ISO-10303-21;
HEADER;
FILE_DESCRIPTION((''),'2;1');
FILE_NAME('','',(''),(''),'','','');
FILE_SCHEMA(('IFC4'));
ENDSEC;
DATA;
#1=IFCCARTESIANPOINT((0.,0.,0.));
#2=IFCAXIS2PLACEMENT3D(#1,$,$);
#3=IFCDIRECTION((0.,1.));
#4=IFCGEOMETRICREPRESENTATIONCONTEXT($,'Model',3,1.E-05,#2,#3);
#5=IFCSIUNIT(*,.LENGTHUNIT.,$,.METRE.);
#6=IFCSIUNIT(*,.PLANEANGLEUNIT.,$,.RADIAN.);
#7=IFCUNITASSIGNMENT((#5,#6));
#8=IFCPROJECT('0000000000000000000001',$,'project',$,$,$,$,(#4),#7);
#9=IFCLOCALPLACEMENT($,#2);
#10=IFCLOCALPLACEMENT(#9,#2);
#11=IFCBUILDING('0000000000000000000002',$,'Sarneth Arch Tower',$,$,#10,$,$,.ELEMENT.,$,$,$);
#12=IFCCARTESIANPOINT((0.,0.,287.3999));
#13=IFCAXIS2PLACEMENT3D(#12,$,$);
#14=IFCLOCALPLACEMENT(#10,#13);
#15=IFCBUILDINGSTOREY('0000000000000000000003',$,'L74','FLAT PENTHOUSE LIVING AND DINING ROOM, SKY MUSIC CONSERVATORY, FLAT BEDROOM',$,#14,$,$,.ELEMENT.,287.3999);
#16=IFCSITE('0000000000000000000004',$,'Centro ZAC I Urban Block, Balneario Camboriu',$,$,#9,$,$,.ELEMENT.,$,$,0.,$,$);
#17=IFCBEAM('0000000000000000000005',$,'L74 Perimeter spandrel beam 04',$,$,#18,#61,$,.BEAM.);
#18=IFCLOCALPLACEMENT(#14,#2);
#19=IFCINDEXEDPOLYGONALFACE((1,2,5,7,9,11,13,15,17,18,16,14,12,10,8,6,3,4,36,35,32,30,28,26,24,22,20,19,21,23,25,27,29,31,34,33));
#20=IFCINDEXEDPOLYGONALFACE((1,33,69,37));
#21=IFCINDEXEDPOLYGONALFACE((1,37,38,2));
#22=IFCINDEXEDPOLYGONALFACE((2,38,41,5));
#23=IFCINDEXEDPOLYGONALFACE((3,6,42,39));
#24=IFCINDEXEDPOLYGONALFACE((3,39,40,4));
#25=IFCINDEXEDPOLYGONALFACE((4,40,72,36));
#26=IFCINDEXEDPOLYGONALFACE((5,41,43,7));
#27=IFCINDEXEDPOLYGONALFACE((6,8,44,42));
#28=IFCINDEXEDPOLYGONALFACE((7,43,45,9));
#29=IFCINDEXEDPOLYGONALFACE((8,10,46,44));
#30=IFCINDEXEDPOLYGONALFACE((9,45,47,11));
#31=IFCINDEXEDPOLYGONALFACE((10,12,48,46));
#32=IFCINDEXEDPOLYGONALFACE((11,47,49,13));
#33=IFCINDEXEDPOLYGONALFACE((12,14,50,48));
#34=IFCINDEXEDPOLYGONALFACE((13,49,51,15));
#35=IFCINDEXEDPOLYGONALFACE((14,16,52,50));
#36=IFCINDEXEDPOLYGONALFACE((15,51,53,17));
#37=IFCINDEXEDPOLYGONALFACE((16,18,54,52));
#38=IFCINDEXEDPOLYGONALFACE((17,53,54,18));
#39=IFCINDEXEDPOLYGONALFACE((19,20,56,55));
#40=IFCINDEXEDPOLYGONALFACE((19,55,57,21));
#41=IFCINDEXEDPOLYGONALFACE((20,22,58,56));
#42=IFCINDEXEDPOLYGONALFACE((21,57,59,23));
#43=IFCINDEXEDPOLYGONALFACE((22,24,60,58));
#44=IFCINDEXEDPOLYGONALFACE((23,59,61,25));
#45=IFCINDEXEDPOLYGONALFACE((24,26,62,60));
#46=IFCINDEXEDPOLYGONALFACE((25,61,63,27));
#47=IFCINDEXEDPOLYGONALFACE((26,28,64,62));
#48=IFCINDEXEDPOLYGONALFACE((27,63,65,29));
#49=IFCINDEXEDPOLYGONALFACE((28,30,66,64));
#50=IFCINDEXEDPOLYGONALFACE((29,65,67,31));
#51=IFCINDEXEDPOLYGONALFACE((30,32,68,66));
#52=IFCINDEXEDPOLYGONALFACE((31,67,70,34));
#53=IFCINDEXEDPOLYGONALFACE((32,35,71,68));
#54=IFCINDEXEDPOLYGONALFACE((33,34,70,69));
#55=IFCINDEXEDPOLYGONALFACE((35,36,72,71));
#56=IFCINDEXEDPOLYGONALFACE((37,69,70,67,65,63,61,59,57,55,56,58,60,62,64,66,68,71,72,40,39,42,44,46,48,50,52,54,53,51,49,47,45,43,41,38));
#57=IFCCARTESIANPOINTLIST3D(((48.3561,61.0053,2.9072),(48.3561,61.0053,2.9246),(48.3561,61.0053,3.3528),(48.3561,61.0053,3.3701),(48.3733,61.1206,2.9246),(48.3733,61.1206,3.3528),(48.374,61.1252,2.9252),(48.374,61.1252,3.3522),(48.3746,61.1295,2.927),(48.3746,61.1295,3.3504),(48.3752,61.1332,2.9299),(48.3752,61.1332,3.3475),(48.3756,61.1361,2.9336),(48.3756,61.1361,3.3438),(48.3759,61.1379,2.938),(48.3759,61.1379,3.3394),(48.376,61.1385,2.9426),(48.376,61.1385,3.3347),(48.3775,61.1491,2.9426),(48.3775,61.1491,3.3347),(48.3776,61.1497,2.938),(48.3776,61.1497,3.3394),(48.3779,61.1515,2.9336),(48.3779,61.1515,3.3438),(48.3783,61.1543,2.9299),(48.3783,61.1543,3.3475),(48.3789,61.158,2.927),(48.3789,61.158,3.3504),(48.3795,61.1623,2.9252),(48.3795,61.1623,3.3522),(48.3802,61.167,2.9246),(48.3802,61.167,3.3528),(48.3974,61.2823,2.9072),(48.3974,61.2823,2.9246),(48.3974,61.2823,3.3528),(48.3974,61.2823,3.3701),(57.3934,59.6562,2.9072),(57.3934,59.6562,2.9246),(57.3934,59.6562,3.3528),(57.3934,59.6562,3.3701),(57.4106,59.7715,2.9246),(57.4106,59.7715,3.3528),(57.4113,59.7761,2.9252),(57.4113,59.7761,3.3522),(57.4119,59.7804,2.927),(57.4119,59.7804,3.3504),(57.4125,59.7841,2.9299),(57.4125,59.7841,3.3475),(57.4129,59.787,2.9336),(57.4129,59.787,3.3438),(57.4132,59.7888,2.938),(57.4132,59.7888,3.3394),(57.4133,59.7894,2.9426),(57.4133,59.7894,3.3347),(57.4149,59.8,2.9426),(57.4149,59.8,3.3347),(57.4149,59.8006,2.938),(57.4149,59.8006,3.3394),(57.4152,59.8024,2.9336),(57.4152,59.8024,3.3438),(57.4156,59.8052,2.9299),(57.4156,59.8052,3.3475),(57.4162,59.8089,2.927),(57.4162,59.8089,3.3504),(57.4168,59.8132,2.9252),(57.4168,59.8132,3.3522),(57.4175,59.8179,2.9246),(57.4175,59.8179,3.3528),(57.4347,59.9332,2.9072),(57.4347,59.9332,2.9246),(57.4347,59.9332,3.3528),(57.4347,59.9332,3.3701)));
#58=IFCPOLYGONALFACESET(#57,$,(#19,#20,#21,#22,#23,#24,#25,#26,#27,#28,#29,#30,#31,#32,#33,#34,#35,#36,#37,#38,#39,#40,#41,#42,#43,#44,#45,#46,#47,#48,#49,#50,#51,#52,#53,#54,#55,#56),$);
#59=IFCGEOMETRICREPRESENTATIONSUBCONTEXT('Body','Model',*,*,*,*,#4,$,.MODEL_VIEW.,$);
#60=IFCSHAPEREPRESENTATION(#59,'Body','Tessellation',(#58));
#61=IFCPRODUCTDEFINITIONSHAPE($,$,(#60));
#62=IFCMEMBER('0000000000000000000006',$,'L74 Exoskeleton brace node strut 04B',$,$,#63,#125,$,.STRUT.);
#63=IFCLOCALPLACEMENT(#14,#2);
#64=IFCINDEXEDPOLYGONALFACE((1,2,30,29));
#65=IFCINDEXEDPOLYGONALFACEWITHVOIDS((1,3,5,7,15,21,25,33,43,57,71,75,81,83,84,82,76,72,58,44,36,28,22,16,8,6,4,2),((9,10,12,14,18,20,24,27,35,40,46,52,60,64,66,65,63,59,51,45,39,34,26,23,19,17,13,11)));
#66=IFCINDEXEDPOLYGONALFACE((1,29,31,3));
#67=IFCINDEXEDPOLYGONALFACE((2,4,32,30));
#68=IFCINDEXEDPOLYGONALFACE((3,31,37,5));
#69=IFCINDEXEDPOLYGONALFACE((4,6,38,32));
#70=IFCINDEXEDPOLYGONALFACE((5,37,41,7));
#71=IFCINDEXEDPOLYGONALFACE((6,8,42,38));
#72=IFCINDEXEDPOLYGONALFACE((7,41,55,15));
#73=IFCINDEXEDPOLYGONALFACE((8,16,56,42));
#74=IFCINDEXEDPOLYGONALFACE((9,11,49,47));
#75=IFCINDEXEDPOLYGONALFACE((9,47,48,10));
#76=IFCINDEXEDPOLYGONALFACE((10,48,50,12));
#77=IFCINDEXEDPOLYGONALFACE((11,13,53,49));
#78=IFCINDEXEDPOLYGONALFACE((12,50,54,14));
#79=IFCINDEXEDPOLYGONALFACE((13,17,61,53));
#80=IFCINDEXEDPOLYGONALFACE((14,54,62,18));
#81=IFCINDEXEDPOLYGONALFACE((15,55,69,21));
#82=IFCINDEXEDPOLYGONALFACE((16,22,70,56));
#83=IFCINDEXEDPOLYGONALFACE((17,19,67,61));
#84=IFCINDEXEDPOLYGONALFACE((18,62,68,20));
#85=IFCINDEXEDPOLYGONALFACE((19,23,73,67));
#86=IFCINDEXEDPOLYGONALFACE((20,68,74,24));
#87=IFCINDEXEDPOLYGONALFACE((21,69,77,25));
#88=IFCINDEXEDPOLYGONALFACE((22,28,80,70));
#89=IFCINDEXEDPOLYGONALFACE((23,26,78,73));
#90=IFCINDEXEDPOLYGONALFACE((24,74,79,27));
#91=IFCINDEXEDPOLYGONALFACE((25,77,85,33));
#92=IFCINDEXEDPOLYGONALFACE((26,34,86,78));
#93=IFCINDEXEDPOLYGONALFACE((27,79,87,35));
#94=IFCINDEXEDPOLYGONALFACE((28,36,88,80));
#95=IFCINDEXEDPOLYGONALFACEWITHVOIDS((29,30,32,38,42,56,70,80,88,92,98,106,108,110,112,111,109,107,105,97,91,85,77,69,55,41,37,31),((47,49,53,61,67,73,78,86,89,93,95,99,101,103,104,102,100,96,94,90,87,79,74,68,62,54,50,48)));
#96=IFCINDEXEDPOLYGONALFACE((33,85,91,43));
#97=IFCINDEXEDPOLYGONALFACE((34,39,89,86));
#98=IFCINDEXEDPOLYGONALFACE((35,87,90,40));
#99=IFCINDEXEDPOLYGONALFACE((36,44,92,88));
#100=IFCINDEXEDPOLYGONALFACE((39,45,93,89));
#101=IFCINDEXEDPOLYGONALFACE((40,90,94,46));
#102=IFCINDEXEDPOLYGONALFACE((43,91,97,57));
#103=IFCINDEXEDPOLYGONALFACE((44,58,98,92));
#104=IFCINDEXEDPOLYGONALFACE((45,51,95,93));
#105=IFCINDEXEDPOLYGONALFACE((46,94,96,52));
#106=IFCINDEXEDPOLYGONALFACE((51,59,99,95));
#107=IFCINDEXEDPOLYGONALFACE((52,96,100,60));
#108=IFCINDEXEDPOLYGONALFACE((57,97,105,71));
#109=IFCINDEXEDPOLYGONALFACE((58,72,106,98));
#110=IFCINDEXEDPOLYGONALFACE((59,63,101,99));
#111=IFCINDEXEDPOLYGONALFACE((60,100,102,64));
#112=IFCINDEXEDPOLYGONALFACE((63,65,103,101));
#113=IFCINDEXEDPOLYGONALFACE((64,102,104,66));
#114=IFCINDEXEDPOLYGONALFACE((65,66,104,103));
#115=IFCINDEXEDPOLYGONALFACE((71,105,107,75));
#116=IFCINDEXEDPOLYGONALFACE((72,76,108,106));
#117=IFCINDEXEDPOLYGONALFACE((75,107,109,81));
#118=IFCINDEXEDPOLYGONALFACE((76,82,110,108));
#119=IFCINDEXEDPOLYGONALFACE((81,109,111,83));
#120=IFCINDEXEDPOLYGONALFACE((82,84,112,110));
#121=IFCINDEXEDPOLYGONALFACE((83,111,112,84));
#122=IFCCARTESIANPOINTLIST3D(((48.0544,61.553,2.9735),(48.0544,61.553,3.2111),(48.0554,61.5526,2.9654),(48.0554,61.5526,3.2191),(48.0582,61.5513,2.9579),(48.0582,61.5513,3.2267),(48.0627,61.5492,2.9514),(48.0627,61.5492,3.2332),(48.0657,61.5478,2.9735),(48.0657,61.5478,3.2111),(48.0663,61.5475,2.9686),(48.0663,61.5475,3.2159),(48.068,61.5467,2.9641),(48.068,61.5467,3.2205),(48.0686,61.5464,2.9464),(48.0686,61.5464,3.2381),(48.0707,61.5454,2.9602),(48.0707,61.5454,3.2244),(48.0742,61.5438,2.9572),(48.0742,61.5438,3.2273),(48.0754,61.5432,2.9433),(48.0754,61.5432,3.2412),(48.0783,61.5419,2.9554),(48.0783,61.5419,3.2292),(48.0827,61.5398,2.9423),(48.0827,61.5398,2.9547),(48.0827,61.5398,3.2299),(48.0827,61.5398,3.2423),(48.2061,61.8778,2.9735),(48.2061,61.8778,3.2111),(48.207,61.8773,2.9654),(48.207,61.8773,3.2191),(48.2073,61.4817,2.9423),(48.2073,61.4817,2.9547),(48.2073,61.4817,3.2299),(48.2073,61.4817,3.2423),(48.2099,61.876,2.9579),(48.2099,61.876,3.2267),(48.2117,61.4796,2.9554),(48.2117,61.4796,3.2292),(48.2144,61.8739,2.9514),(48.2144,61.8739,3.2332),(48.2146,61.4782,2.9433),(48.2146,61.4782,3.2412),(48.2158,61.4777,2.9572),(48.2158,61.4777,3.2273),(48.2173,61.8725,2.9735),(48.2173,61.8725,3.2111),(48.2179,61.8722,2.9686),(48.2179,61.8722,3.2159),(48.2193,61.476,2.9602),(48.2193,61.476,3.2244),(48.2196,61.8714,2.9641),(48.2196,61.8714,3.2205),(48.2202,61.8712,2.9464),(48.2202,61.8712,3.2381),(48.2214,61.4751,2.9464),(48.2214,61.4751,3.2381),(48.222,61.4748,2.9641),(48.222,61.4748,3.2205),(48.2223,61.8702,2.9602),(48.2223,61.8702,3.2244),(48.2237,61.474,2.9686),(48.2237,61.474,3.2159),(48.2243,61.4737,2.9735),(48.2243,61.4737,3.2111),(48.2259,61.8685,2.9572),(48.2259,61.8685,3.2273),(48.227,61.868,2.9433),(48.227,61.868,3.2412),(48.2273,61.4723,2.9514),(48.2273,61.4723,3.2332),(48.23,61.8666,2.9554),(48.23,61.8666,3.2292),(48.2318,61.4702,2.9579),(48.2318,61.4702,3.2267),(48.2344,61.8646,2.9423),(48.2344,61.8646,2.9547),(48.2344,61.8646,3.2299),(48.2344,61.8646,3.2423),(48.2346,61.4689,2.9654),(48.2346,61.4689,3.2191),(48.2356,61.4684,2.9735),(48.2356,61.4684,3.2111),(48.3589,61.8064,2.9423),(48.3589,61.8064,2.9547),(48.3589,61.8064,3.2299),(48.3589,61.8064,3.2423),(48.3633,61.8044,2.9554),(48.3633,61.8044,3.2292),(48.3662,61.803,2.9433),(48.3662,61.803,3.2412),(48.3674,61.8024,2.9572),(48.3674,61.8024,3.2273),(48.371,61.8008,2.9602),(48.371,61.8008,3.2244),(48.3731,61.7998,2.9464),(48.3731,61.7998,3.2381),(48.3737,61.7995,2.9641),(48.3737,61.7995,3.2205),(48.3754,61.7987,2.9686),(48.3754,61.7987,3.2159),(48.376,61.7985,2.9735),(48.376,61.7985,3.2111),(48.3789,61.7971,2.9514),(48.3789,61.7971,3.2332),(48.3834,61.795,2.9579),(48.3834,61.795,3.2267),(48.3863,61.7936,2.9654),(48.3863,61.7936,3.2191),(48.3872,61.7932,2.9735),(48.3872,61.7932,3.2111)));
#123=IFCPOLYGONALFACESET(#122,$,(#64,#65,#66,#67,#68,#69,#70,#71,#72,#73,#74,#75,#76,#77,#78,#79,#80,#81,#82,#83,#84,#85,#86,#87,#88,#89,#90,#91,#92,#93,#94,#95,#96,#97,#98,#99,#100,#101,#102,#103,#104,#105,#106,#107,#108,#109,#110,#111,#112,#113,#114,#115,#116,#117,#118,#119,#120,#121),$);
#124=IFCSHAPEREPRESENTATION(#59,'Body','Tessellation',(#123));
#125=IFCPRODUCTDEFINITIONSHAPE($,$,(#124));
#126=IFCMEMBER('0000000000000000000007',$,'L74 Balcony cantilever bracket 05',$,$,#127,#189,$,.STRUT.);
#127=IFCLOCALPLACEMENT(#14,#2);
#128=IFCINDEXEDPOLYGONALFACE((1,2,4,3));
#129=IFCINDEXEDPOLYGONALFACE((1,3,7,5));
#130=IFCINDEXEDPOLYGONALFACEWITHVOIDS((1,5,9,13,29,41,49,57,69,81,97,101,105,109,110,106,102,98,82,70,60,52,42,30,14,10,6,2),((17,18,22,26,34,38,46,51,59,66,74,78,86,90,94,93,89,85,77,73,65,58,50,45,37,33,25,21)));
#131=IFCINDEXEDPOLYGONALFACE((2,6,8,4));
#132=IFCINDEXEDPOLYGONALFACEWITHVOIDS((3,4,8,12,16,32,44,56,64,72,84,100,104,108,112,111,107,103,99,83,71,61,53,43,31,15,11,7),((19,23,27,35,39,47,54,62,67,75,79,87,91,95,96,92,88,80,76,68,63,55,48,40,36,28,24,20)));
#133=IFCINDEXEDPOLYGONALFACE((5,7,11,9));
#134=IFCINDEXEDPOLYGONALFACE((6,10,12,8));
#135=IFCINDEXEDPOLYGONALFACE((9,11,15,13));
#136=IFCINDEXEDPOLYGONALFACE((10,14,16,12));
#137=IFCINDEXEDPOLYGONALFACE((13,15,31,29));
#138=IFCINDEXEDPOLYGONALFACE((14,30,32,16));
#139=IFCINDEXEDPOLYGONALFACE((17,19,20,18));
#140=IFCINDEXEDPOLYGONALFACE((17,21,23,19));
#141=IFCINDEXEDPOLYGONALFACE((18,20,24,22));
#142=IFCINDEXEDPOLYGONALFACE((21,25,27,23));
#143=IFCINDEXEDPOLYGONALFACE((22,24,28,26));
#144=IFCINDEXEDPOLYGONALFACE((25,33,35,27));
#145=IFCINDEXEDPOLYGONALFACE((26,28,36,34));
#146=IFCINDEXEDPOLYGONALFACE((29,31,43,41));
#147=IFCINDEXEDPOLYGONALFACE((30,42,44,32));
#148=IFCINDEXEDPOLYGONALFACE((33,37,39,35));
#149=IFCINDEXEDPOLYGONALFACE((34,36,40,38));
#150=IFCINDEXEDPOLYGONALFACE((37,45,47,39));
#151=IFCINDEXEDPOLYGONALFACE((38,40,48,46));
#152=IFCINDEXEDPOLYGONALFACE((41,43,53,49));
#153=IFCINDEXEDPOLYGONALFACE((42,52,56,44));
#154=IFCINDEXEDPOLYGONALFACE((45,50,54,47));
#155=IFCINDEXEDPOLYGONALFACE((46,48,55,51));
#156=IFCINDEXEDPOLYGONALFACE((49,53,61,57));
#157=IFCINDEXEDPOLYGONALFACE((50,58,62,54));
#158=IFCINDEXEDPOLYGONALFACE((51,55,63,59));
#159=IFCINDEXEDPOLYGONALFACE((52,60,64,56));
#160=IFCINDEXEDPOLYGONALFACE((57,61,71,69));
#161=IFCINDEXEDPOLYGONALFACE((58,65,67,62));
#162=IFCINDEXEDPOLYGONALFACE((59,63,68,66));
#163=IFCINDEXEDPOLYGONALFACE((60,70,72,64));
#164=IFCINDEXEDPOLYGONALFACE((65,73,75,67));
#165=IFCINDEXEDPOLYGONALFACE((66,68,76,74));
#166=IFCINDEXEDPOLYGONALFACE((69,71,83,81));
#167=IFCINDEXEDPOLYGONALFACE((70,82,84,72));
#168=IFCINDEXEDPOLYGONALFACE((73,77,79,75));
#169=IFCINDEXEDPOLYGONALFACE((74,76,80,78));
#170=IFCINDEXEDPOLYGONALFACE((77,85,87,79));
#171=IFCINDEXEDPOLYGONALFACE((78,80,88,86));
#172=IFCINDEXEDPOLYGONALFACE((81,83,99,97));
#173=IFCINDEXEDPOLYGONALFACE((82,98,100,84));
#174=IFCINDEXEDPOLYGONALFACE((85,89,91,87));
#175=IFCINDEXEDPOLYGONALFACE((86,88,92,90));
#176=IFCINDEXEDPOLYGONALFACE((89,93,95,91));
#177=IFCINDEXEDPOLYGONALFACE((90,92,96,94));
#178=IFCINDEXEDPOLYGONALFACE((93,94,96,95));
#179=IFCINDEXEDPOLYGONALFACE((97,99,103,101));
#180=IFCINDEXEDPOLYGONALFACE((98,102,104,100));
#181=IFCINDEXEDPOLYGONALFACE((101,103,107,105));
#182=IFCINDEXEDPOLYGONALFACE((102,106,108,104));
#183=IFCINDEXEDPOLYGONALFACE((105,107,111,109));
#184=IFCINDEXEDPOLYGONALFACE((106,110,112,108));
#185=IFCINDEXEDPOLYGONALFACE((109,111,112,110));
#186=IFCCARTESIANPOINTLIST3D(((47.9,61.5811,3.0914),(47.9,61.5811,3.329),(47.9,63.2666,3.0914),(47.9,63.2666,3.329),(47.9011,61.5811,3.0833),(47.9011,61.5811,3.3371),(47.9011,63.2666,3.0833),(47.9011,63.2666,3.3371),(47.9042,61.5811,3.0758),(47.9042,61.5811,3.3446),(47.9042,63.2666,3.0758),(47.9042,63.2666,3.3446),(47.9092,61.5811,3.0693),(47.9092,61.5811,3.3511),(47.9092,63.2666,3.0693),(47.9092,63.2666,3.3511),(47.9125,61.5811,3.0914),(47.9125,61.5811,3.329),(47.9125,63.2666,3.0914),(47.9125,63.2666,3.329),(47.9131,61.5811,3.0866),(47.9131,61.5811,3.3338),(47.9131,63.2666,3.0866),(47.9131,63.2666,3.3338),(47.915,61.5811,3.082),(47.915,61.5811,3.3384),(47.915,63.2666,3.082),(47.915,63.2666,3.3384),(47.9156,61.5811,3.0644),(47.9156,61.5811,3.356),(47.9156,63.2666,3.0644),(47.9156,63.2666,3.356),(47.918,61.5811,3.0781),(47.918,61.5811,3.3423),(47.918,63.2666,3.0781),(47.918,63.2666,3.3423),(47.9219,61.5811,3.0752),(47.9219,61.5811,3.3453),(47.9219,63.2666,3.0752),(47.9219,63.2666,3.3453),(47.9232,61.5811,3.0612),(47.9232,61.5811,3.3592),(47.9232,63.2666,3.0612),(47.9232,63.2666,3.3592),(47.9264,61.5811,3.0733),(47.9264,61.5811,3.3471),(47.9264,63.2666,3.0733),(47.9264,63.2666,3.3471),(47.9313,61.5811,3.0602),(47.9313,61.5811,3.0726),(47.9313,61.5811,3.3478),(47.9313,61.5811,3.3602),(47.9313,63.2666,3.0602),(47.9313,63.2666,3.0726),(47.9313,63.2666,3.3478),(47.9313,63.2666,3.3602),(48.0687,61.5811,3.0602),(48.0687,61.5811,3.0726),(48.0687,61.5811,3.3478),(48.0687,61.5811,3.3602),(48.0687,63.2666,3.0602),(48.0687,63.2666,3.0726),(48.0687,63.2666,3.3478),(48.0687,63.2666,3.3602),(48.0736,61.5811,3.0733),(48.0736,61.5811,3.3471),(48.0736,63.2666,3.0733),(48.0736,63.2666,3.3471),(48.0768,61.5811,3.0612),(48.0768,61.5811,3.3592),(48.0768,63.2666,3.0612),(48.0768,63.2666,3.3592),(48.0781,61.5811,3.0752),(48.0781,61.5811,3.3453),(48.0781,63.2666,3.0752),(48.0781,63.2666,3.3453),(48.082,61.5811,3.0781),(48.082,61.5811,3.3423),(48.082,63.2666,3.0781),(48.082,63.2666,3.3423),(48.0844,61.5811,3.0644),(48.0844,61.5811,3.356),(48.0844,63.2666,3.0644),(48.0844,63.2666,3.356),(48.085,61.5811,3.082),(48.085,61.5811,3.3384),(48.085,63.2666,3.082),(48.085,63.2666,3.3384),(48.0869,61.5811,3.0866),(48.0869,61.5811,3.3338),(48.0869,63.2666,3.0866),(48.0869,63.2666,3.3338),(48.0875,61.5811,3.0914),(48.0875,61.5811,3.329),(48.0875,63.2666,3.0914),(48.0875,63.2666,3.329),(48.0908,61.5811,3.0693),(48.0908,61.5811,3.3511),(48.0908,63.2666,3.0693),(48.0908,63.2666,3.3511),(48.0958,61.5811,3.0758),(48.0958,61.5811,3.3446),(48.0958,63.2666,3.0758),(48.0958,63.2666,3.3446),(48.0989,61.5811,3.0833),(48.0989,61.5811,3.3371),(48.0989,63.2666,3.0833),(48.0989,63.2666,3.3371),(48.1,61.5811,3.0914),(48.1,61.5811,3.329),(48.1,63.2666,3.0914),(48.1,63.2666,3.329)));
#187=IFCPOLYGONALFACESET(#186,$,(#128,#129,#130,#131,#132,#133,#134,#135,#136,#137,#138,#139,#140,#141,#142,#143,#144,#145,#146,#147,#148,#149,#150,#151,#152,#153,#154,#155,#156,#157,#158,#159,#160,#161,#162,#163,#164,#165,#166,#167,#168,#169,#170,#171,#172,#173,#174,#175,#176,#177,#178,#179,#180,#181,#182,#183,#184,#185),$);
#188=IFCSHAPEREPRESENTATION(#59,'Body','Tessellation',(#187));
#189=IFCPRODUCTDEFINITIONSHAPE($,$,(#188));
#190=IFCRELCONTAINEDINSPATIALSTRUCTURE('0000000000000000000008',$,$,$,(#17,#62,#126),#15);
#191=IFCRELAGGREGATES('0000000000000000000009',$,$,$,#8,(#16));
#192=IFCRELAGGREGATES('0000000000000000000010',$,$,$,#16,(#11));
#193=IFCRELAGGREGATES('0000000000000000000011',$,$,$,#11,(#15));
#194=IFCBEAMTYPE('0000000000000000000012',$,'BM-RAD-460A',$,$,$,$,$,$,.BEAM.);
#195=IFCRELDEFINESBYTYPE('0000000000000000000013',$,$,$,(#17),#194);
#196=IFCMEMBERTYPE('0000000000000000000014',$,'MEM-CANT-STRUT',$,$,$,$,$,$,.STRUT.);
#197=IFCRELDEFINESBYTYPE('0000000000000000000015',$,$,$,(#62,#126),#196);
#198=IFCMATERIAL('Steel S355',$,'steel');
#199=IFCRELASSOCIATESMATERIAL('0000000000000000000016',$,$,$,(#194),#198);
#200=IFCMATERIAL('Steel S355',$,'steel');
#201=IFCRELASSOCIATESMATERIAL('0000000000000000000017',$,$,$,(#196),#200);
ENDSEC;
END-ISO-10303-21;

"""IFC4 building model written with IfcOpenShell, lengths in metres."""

from ifc_helpers import new_model, si_unit, direction, frame, origin, origin_2d, place, context, subcontext, project, spatial, hollow_rectangle, i_section, extrude, material, material_profile, profile_set, type_object, element, save


model = new_model("IFC4")

# Units and contexts
model_context = context("Model", 3, precision=1e-05, world=origin(), true_north=direction((0.0, 1.0)))
body_context = subcontext(model_context, "Body", "Model", "MODEL_VIEW")
ifc_project = project(units=[si_unit("LENGTHUNIT", "METRE"), si_unit("PLANEANGLEUNIT", "RADIAN")], contexts=[model_context])

# Site, building, storey
site_placement = place(None, origin())
site = spatial("IfcSite", under=ifc_project, at=site_placement, Name="Centro ZAC I Urban Block, Balneario Camboriu", CompositionType="ELEMENT", RefElevation=0.0)
building_placement = place(site_placement, origin())
building = spatial("IfcBuilding", under=site, at=building_placement, Name="Sarneth Arch Tower", CompositionType="ELEMENT")
storey_placement = place(building_placement, frame((0.0, 0.0, 287.3999)))
storey = spatial("IfcBuildingStorey", under=building, at=storey_placement, Name="L74", Description="FLAT PENTHOUSE LIVING AND DINING ROOM, SKY MUSIC CONSERVATORY, FLAT BEDROOM", CompositionType="ELEMENT", Elevation=287.3999)

# Beam
ifc_material_1 = material(Name="Steel S355", Category="steel")
ifc_material_profile_1 = material_profile(ifc_material_1, i_section(OverallWidth=0.28, OverallDepth=0.4629, WebThickness=0.0107, FlangeThickness=0.0173, FilletRadius=0.0181, at=origin_2d()), Name="W460x113")
ifc_profile_set_1 = profile_set([ifc_material_profile_1], Name="Steel S355")
beam_type_1 = type_object("IfcBeamType", Name="BM-RAD-460A", PredefinedType="BEAM", material=ifc_profile_set_1)
beam_1_placement = place(storey_placement, frame((57.4141, 59.7947, 3.1387), z_axis=(-0.98904, 0.147647, 0.0), x_axis=(-0.147647, -0.98904, 0.0)))
element("IfcBeam", 1, at=beam_1_placement, inside=storey, type_object=beam_type_1, Name="L74 Perimeter spandrel beam 04", PredefinedType="BEAM", context=body_context, shape_type="SweptSolid", body=[
    extrude(i_section(OverallWidth=0.28, OverallDepth=0.4629, WebThickness=0.0107, FlangeThickness=0.0173, FilletRadius=0.0181, at=origin_2d()), origin(), (0.0, 0.0, 1.0), 9.1375),
])

# Members
ifc_material_2 = material(Name="Steel S355", Category="steel")
ifc_material_profile_2 = material_profile(ifc_material_2, hollow_rectangle(XDim=0.2, YDim=0.3, WallThickness=0.0125, InnerFilletRadius=0.0188, OuterFilletRadius=0.0312, at=origin_2d()), Name="RHS300x200x12.5")
ifc_profile_set_2 = profile_set([ifc_material_profile_2], Name="Steel S355")
member_type_1 = type_object("IfcMemberType", Name="MEM-CANT-STRUT", PredefinedType="STRUT", material=ifc_profile_set_2)
member_1_placement = place(storey_placement, frame((48.145, 61.5107, 3.0923), z_axis=(0.423072, 0.906096, 0.0), x_axis=(-0.906096, 0.423072, 0.0)))
element("IfcMember", 2, at=member_1_placement, inside=storey, type_object=member_type_1, Name="L74 Exoskeleton brace node strut 04B", PredefinedType="STRUT", context=body_context, shape_type="SweptSolid", body=[
    extrude(hollow_rectangle(XDim=0.2, YDim=0.3, WallThickness=0.0125, InnerFilletRadius=0.0188, OuterFilletRadius=0.0312, at=origin_2d()), origin(), (0.0, 0.0, 1.0), 0.3584),
])
member_2_placement = place(storey_placement, frame((48.0, 61.5811, 3.2102), z_axis=(0.0, 1.0, 0.0), x_axis=(-1.0, 0.0, 0.0)))
element("IfcMember", 3, at=member_2_placement, inside=storey, type_object=member_type_1, Name="L74 Balcony cantilever bracket 05", PredefinedType="STRUT", context=body_context, shape_type="SweptSolid", body=[
    extrude(hollow_rectangle(XDim=0.2, YDim=0.3, WallThickness=0.0125, InnerFilletRadius=0.0188, OuterFilletRadius=0.0312, at=origin_2d()), origin(), (0.0, 0.0, 1.0), 1.6855),
])

save(model, "model.ifc")
